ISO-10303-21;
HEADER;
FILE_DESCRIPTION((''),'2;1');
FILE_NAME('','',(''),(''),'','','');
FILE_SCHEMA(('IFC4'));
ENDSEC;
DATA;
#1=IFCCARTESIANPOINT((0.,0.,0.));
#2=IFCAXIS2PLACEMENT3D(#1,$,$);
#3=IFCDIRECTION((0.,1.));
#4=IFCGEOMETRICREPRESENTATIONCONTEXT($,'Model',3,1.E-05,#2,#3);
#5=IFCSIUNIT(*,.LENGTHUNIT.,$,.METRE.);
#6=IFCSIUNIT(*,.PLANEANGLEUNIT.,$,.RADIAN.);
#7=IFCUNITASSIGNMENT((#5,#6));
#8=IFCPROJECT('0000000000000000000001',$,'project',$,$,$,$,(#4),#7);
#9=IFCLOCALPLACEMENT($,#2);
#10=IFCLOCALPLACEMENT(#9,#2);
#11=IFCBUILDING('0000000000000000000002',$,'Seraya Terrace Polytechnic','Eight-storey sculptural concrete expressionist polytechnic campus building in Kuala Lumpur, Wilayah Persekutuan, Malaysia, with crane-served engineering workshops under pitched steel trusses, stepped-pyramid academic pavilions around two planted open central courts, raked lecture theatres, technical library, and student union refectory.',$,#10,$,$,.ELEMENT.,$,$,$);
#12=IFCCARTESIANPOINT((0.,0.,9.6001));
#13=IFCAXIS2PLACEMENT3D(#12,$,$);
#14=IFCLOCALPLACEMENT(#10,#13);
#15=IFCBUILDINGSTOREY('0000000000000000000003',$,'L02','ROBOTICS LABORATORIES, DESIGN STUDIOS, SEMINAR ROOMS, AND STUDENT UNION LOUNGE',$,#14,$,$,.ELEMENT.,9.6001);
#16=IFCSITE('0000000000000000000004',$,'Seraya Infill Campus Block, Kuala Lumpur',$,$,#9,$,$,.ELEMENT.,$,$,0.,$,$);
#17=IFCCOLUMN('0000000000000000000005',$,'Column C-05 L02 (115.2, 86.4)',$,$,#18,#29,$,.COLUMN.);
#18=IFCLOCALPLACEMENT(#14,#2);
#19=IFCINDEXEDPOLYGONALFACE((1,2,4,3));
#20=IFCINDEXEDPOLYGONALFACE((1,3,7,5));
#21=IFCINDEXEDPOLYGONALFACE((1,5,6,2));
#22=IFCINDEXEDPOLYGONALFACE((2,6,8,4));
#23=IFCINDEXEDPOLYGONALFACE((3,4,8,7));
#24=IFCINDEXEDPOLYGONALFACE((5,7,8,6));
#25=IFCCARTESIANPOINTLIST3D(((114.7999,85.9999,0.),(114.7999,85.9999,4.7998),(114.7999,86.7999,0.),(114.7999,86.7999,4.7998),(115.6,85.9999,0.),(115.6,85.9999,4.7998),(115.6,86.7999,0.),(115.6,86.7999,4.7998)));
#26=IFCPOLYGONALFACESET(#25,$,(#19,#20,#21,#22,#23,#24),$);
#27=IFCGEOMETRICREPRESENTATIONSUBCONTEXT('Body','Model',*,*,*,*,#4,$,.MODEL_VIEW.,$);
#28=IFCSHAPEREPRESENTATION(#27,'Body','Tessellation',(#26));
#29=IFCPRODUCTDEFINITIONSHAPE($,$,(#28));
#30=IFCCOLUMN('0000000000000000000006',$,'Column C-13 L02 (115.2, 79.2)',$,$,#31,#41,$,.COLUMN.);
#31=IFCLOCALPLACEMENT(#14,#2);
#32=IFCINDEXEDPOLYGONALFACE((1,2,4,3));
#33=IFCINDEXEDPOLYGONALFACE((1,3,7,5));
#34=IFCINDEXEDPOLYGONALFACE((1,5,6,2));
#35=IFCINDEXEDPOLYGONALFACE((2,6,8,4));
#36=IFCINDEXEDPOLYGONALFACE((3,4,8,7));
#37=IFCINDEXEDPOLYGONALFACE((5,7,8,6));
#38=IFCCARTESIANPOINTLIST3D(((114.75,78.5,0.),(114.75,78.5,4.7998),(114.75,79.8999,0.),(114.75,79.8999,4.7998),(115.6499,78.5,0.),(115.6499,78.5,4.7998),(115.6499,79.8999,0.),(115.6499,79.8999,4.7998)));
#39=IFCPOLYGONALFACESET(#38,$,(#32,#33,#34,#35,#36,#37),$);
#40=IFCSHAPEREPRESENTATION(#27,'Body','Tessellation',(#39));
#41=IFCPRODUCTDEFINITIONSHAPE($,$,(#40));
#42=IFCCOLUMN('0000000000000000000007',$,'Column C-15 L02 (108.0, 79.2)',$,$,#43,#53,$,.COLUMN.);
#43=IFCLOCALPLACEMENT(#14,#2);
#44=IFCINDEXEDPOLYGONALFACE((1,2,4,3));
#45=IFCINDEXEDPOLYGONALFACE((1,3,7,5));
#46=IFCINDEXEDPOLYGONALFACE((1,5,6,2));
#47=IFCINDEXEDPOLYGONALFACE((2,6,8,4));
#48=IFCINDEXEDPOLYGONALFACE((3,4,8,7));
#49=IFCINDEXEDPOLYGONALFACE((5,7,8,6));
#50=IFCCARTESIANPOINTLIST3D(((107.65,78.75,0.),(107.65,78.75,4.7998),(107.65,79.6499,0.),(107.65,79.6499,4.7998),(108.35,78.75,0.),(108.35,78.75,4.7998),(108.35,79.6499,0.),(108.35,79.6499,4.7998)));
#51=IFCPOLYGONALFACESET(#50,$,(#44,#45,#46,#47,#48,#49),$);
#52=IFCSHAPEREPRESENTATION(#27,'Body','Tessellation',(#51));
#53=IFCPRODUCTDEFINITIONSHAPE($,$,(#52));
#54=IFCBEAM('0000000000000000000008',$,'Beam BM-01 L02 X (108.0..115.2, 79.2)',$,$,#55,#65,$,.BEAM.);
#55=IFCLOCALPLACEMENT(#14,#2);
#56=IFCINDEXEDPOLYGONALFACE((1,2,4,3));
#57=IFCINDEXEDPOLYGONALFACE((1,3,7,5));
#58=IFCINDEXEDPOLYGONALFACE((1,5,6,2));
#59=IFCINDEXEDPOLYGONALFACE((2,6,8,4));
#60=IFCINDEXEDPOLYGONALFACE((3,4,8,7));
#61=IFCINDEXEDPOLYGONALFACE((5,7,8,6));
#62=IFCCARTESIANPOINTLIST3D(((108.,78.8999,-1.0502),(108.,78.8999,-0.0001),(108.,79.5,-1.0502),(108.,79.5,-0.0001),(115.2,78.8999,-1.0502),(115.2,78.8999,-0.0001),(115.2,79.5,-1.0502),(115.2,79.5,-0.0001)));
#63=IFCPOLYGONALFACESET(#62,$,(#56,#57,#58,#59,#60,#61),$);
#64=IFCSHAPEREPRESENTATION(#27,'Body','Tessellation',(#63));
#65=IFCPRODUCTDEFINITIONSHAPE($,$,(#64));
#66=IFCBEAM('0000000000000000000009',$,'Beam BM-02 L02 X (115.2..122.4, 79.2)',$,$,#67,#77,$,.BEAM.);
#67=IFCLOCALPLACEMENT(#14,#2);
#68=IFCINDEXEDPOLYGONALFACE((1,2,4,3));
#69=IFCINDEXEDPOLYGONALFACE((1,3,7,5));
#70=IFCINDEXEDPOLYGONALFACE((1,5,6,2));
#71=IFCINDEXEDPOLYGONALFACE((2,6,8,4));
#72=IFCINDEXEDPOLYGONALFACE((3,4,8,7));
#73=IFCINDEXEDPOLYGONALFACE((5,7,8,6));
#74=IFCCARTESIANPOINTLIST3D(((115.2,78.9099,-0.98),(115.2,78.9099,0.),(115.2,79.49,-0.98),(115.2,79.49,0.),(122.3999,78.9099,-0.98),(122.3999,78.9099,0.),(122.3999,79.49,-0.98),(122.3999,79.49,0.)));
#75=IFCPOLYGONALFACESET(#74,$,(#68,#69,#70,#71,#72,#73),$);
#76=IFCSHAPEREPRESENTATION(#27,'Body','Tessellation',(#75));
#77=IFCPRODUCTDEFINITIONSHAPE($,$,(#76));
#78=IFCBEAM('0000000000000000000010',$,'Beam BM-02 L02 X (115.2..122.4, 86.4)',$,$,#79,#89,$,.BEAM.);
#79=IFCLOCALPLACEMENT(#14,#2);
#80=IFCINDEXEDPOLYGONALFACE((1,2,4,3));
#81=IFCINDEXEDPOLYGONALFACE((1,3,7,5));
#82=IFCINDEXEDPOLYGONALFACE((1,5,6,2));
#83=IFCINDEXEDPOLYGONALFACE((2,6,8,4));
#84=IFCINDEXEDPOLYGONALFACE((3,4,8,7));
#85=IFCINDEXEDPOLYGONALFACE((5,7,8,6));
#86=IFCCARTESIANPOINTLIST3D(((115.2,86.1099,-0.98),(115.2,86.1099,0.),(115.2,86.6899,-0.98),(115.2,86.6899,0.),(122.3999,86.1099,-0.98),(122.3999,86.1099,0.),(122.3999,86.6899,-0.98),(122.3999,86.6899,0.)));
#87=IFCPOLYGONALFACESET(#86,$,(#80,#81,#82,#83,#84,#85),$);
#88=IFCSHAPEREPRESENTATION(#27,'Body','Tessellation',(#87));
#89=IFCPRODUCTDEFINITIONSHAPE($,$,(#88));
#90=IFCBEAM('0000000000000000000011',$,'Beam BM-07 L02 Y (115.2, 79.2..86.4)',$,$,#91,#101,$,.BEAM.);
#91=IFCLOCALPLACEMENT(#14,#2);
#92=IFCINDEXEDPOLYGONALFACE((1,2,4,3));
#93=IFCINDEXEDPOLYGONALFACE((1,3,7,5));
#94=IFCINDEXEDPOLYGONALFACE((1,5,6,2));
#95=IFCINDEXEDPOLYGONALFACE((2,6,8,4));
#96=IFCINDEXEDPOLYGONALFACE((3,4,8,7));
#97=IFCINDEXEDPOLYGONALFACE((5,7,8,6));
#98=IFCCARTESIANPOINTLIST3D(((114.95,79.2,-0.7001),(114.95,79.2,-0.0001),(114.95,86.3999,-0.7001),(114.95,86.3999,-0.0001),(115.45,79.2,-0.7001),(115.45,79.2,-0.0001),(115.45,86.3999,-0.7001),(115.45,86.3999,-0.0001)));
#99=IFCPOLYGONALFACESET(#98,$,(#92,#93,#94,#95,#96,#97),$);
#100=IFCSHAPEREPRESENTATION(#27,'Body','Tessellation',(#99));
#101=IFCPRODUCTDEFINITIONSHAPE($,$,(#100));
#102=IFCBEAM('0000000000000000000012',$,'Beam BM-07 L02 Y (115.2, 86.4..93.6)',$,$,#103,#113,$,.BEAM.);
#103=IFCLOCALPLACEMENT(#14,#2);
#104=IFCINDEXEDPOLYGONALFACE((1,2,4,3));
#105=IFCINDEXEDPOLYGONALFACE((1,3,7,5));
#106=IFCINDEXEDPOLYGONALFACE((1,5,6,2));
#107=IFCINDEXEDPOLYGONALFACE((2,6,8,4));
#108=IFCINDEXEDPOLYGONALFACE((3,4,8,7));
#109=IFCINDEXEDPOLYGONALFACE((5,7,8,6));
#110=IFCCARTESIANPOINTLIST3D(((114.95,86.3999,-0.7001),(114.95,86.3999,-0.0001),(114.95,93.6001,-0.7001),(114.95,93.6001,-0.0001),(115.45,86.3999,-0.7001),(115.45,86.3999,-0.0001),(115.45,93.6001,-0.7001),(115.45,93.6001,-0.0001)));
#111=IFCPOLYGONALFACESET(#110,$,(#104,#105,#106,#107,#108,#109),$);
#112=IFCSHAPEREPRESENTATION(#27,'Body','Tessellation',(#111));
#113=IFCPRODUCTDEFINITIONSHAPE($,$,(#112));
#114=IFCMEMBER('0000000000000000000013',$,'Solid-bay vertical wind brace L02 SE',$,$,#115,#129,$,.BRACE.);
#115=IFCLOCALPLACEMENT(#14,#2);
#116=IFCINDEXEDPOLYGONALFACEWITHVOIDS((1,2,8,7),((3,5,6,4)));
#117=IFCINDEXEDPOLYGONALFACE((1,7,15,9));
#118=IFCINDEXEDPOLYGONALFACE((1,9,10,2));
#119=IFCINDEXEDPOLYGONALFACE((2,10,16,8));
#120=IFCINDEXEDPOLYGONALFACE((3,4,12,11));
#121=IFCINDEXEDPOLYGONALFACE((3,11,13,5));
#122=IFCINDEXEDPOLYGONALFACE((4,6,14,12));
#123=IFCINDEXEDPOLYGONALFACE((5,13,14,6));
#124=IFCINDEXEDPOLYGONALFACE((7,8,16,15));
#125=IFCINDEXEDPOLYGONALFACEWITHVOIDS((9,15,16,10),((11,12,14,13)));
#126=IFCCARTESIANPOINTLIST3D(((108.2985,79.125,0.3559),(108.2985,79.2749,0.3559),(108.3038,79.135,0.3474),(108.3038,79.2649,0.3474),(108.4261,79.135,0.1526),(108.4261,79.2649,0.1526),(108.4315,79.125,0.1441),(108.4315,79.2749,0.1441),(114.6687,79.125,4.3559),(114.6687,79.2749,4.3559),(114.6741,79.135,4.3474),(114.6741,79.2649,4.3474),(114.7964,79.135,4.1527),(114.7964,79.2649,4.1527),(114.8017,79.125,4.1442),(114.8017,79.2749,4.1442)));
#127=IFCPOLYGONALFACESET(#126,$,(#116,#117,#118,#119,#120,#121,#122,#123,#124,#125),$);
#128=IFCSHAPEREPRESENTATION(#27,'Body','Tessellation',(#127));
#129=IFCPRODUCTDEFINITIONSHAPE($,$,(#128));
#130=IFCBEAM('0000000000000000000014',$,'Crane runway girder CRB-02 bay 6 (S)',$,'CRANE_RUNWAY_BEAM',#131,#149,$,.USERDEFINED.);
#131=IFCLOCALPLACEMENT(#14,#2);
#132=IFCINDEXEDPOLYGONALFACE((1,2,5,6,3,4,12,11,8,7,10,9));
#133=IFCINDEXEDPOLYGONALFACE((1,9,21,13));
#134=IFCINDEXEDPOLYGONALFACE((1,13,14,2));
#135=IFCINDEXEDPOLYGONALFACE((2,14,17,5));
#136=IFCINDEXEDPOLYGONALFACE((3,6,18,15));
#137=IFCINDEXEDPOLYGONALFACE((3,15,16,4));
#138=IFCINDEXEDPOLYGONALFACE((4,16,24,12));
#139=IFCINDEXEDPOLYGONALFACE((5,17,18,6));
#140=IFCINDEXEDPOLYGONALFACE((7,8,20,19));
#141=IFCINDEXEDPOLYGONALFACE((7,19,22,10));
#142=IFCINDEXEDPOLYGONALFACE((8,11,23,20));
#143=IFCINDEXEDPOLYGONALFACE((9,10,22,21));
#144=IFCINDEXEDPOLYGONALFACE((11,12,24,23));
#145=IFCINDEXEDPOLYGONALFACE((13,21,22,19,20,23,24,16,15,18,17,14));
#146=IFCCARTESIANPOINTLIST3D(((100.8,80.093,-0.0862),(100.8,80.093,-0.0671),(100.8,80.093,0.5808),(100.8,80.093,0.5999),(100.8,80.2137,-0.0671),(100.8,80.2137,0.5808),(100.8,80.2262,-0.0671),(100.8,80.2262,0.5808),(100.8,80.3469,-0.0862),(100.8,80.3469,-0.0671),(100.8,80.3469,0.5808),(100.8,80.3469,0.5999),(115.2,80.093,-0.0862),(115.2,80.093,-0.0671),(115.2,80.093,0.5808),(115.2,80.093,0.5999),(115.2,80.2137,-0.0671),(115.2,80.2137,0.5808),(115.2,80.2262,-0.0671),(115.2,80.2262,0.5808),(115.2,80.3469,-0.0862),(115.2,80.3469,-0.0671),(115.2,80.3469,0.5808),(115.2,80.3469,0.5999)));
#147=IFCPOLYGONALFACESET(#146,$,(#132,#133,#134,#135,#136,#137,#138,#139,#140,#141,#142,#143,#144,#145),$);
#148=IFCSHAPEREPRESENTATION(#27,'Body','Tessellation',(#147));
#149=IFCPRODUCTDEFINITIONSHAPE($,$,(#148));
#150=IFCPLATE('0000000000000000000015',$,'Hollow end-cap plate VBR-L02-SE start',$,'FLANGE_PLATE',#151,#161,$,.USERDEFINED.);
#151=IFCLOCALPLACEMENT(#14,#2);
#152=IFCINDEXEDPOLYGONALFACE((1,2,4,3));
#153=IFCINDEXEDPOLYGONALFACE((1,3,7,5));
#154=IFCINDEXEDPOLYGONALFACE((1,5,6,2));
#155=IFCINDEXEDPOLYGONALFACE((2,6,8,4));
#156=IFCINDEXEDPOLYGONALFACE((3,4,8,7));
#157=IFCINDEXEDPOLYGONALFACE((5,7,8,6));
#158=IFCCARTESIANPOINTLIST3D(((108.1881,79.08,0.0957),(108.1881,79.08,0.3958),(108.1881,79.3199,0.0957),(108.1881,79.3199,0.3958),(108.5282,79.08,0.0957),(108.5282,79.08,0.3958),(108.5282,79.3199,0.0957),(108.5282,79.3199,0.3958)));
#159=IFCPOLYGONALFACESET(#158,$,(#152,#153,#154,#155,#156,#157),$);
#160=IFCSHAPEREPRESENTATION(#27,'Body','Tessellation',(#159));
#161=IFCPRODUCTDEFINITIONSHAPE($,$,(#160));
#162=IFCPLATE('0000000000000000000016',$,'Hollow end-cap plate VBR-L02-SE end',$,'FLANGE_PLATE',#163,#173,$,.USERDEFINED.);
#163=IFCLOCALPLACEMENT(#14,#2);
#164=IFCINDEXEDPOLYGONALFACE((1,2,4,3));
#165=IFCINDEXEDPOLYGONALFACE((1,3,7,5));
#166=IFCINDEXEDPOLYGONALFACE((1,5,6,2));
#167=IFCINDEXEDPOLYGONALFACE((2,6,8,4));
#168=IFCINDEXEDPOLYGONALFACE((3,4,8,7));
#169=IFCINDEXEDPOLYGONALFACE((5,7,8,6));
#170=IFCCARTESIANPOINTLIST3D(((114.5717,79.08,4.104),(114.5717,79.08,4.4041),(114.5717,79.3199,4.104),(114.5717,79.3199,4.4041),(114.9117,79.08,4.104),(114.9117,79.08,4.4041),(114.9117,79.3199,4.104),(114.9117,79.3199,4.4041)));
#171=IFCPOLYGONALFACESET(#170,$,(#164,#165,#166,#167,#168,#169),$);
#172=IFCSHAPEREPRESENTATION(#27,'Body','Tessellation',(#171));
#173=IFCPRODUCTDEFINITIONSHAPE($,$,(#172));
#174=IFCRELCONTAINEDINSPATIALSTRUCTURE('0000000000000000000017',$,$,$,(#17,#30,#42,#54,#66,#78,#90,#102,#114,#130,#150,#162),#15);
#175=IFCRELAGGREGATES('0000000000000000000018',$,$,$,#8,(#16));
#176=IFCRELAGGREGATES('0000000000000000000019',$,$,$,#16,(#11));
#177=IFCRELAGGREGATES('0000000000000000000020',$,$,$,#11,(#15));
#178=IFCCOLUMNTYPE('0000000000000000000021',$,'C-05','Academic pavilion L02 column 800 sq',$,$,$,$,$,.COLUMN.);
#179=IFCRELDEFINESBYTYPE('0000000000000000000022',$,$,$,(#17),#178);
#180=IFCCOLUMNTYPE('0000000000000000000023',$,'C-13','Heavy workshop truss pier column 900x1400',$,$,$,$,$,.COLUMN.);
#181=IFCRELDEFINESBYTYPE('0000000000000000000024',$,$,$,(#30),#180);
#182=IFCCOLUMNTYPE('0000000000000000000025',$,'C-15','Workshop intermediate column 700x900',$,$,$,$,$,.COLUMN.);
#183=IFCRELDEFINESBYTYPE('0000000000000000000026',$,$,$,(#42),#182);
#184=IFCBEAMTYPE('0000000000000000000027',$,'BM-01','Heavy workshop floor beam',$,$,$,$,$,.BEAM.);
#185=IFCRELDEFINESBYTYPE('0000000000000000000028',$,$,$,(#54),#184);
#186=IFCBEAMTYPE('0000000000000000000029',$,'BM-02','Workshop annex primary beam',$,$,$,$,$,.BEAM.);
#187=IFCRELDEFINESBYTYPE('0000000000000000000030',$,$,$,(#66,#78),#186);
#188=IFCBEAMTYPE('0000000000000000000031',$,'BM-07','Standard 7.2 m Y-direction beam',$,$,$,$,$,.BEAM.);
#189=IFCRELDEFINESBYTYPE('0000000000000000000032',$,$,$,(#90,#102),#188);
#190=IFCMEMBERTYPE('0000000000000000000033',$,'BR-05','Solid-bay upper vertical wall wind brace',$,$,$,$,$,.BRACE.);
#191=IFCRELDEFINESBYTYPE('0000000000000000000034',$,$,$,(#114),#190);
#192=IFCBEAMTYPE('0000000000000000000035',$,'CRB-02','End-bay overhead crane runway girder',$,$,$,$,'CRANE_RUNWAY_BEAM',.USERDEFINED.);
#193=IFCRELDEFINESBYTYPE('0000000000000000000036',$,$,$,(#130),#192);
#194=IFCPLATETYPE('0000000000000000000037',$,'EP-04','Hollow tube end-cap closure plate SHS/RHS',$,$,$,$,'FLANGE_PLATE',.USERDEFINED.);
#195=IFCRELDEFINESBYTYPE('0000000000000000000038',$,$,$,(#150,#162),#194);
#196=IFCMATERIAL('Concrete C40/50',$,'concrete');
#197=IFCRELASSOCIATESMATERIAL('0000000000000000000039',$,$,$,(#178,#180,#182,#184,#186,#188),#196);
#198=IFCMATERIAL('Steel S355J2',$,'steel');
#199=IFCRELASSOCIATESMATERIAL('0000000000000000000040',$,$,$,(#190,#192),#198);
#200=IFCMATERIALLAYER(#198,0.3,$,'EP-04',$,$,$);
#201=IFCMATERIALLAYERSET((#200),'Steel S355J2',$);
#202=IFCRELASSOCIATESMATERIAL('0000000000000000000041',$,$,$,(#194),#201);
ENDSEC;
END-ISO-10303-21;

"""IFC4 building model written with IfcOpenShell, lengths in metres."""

from ifc_helpers import new_model, si_unit, direction, frame, origin, origin_2d, place, context, subcontext, project, spatial, rectangle, hollow_rectangle, i_section, extrude, material, layer, layer_set, material_profile, profile_set, type_object, element, save


model = new_model("IFC4")

# Units and contexts
model_context = context("Model", 3, precision=1e-05, world=origin(), true_north=direction((0.0, 1.0)))
body_context = subcontext(model_context, "Body", "Model", "MODEL_VIEW")
ifc_project = project(units=[si_unit("LENGTHUNIT", "METRE"), si_unit("PLANEANGLEUNIT", "RADIAN")], contexts=[model_context])

# Site, building, storey
site_placement = place(None, origin())
site = spatial("IfcSite", under=ifc_project, at=site_placement, Name="Seraya Infill Campus Block, Kuala Lumpur", CompositionType="ELEMENT", RefElevation=0.0)
building_placement = place(site_placement, origin())
building = spatial("IfcBuilding", under=site, at=building_placement, Name="Seraya Terrace Polytechnic", Description="Eight-storey sculptural concrete expressionist polytechnic campus building in Kuala Lumpur, Wilayah Persekutuan, Malaysia, with crane-served engineering workshops under pitched steel trusses, stepped-pyramid academic pavilions around two planted open central courts, raked lecture theatres, technical library, and student union refectory.", CompositionType="ELEMENT")
storey_placement = place(building_placement, frame((0.0, 0.0, 9.6001)))
storey = spatial("IfcBuildingStorey", under=building, at=storey_placement, Name="L02", Description="ROBOTICS LABORATORIES, DESIGN STUDIOS, SEMINAR ROOMS, AND STUDENT UNION LOUNGE", CompositionType="ELEMENT", Elevation=9.6001)

# Columns
ifc_material_1 = material(Name="Concrete C40/50", Category="concrete")
ifc_material_profile_1 = material_profile(ifc_material_1, rectangle(XDim=0.8, YDim=0.8, at=origin_2d()), Name="RC 800x800")
ifc_profile_set_1 = profile_set([ifc_material_profile_1], Name="Concrete C40/50")
column_type_1 = type_object("IfcColumnType", Name="C-05", Description="Academic pavilion L02 column 800 sq", PredefinedType="COLUMN", material=ifc_profile_set_1)
column_1_placement = place(storey_placement, frame((115.2, 86.3999, 0.0), z_axis=(0.0, 0.0, 1.0), x_axis=(1.0, 0.0, 0.0)))
element("IfcColumn", 1, at=column_1_placement, inside=storey, type_object=column_type_1, Name="Column C-05 L02 (115.2, 86.4)", PredefinedType="COLUMN", context=body_context, shape_type="SweptSolid", body=[
    extrude(rectangle(XDim=0.8, YDim=0.8, at=origin_2d()), origin(), (0.0, 0.0, 1.0), 4.7998),
])
ifc_material_profile_2 = material_profile(ifc_material_1, rectangle(XDim=0.8999, YDim=1.3999, at=origin_2d()), Name="RC 900x1400")
ifc_profile_set_2 = profile_set([ifc_material_profile_2], Name="Concrete C40/50")
column_type_2 = type_object("IfcColumnType", Name="C-13", Description="Heavy workshop truss pier column 900x1400", PredefinedType="COLUMN", material=ifc_profile_set_2)
column_2_placement = place(storey_placement, frame((115.2, 79.2, 0.0), z_axis=(0.0, 0.0, 1.0), x_axis=(1.0, 0.0, 0.0)))
element("IfcColumn", 2, at=column_2_placement, inside=storey, type_object=column_type_2, Name="Column C-13 L02 (115.2, 79.2)", PredefinedType="COLUMN", context=body_context, shape_type="SweptSolid", body=[
    extrude(rectangle(XDim=0.8999, YDim=1.3999, at=origin_2d()), origin(), (0.0, 0.0, 1.0), 4.7998),
])
ifc_material_profile_3 = material_profile(ifc_material_1, rectangle(XDim=0.7, YDim=0.8999, at=origin_2d()), Name="RC 700x900")
ifc_profile_set_3 = profile_set([ifc_material_profile_3], Name="Concrete C40/50")
column_type_3 = type_object("IfcColumnType", Name="C-15", Description="Workshop intermediate column 700x900", PredefinedType="COLUMN", material=ifc_profile_set_3)
column_3_placement = place(storey_placement, frame((108.0, 79.2, 0.0), z_axis=(0.0, 0.0, 1.0), x_axis=(1.0, 0.0, 0.0)))
element("IfcColumn", 3, at=column_3_placement, inside=storey, type_object=column_type_3, Name="Column C-15 L02 (108.0, 79.2)", PredefinedType="COLUMN", context=body_context, shape_type="SweptSolid", body=[
    extrude(rectangle(XDim=0.7, YDim=0.8999, at=origin_2d()), origin(), (0.0, 0.0, 1.0), 4.7998),
])

# Beams
ifc_material_profile_4 = material_profile(ifc_material_1, rectangle(XDim=0.6001, YDim=1.05, at=origin_2d()), Name="RC 600x1050")
ifc_profile_set_4 = profile_set([ifc_material_profile_4], Name="Concrete C40/50")
beam_type_1 = type_object("IfcBeamType", Name="BM-01", Description="Heavy workshop floor beam", PredefinedType="BEAM", material=ifc_profile_set_4)
beam_1_placement = place(storey_placement, frame((108.0, 79.2, -0.5251), z_axis=(1.0, 0.0, 0.0), x_axis=(0.0, 1.0, 0.0)))
element("IfcBeam", 4, at=beam_1_placement, inside=storey, type_object=beam_type_1, Name="Beam BM-01 L02 X (108.0..115.2, 79.2)", PredefinedType="BEAM", context=body_context, shape_type="SweptSolid", body=[
    extrude(rectangle(XDim=0.6001, YDim=1.05, at=origin_2d()), origin(), (0.0, 0.0, 1.0), 7.2),
])
ifc_material_profile_5 = material_profile(ifc_material_1, rectangle(XDim=0.5801, YDim=0.98, at=origin_2d()), Name="RC 580x980")
ifc_profile_set_5 = profile_set([ifc_material_profile_5], Name="Concrete C40/50")
beam_type_2 = type_object("IfcBeamType", Name="BM-02", Description="Workshop annex primary beam", PredefinedType="BEAM", material=ifc_profile_set_5)
for number, where, z_axis, x_axis, name in (
    (5, (115.2, 79.2, -0.49), (1.0, 0.0, 0.0), (0.0, 1.0, 0.0), "Beam BM-02 L02 X (115.2..122.4, 79.2)"),
    (6, (115.2, 86.3999, -0.49), (1.0, 0.0, 0.0), (0.0, 1.0, 0.0), "Beam BM-02 L02 X (115.2..122.4, 86.4)"),
):
    element("IfcBeam", number, at=place(storey_placement, frame(where, z_axis=z_axis, x_axis=x_axis)), inside=storey, type_object=beam_type_2, Name=name, PredefinedType="BEAM", context=body_context, shape_type="SweptSolid", body=[
        extrude(rectangle(XDim=0.5801, YDim=0.98, at=origin_2d()), origin(), (0.0, 0.0, 1.0), 7.2),
    ])
ifc_material_profile_6 = material_profile(ifc_material_1, rectangle(XDim=0.5, YDim=0.7, at=origin_2d()), Name="RC 500x700")
ifc_profile_set_6 = profile_set([ifc_material_profile_6], Name="Concrete C40/50")
beam_type_3 = type_object("IfcBeamType", Name="BM-07", Description="Standard 7.2 m Y-direction beam", PredefinedType="BEAM", material=ifc_profile_set_6)
beam_2_placement = place(storey_placement, frame((115.2, 79.2, -0.3501), z_axis=(0.0, 1.0, 0.0), x_axis=(-1.0, 0.0, 0.0)))
element("IfcBeam", 7, at=beam_2_placement, inside=storey, type_object=beam_type_3, Name="Beam BM-07 L02 Y (115.2, 79.2..86.4)", PredefinedType="BEAM", context=body_context, shape_type="SweptSolid", body=[
    extrude(rectangle(XDim=0.5, YDim=0.7, at=origin_2d()), origin(), (0.0, 0.0, 1.0), 7.2),
])
beam_3_placement = place(storey_placement, frame((115.2, 86.3999, -0.3501), z_axis=(0.0, 1.0, 0.0), x_axis=(-1.0, 0.0, 0.0)))
element("IfcBeam", 8, at=beam_3_placement, inside=storey, type_object=beam_type_3, Name="Beam BM-07 L02 Y (115.2, 86.4..93.6)", PredefinedType="BEAM", context=body_context, shape_type="SweptSolid", body=[
    extrude(rectangle(XDim=0.5, YDim=0.7, at=origin_2d()), origin(), (0.0, 0.0, 1.0), 7.2002),
])

# Member
ifc_material_2 = material(Name="Steel S355J2", Category="steel")
ifc_material_profile_7 = material_profile(ifc_material_2, hollow_rectangle(XDim=0.1499, YDim=0.25, WallThickness=0.01, at=origin_2d()), Name="RHS 250x150x10.0")
ifc_profile_set_7 = profile_set([ifc_material_profile_7], Name="Steel S355J2")
member_type = type_object("IfcMemberType", Name="BR-05", Description="Solid-bay upper vertical wall wind brace", PredefinedType="BRACE", material=ifc_profile_set_7)
member_placement = place(storey_placement, frame((108.365, 79.2, 0.25), z_axis=(0.84688, 0.0, 0.531783), x_axis=(0.0, 1.0, 0.0)))
element("IfcMember", 9, at=member_placement, inside=storey, type_object=member_type, Name="Solid-bay vertical wind brace L02 SE", PredefinedType="BRACE", context=body_context, shape_type="SweptSolid", body=[
    extrude(hollow_rectangle(XDim=0.1499, YDim=0.25, WallThickness=0.01, at=origin_2d()), origin(), (0.0, 0.0, 1.0), 7.522),
])

# Beam
ifc_material_profile_8 = material_profile(ifc_material_2, i_section(OverallWidth=0.2539, OverallDepth=0.686, WebThickness=0.0125, FlangeThickness=0.019, at=origin_2d()), Name="UKB 686x254x12.4x19.0")
ifc_profile_set_8 = profile_set([ifc_material_profile_8], Name="Steel S355J2")
beam_type_4 = type_object("IfcBeamType", Name="CRB-02", Description="End-bay overhead crane runway girder", ElementType="CRANE_RUNWAY_BEAM", PredefinedType="USERDEFINED", material=ifc_profile_set_8)
beam_4_placement = place(storey_placement, frame((100.8, 80.22, 0.2568), z_axis=(1.0, 0.0, 0.0), x_axis=(0.0, 1.0, 0.0)))
element("IfcBeam", 10, at=beam_4_placement, inside=storey, type_object=beam_type_4, Name="Crane runway girder CRB-02 bay 6 (S)", ObjectType="CRANE_RUNWAY_BEAM", PredefinedType="USERDEFINED", context=body_context, shape_type="SweptSolid", body=[
    extrude(i_section(OverallWidth=0.2539, OverallDepth=0.686, WebThickness=0.0125, FlangeThickness=0.019, at=origin_2d()), origin(), (0.0, 0.0, 1.0), 14.3999),
])

# Plates
ifc_layer_1 = layer(ifc_material_2, 0.3, Name="EP-04")
ifc_layer_set_1 = layer_set([ifc_layer_1], Name="Steel S355J2")
plate_type = type_object("IfcPlateType", Name="EP-04", Description="Hollow tube end-cap closure plate SHS/RHS", ElementType="FLANGE_PLATE", PredefinedType="USERDEFINED", material=ifc_layer_set_1)
for number, where, z_axis, x_axis, name in (
    (11, (108.3582, 79.2, 0.0957), (0.0, 0.0, 1.0), (1.0, 0.0, 0.0), "Hollow end-cap plate VBR-L02-SE start"),
    (12, (114.7417, 79.2, 4.104), (0.0, 0.0, 1.0), (1.0, 0.0, 0.0), "Hollow end-cap plate VBR-L02-SE end"),
):
    element("IfcPlate", number, at=place(storey_placement, frame(where, z_axis=z_axis, x_axis=x_axis)), inside=storey, type_object=plate_type, Name=name, ObjectType="FLANGE_PLATE", PredefinedType="USERDEFINED", context=body_context, shape_type="SweptSolid", body=[
        extrude(rectangle(XDim=0.3401, YDim=0.24, at=origin_2d()), origin(), (0.0, 0.0, 1.0), 0.3),
    ])

save(model, "model.ifc")
